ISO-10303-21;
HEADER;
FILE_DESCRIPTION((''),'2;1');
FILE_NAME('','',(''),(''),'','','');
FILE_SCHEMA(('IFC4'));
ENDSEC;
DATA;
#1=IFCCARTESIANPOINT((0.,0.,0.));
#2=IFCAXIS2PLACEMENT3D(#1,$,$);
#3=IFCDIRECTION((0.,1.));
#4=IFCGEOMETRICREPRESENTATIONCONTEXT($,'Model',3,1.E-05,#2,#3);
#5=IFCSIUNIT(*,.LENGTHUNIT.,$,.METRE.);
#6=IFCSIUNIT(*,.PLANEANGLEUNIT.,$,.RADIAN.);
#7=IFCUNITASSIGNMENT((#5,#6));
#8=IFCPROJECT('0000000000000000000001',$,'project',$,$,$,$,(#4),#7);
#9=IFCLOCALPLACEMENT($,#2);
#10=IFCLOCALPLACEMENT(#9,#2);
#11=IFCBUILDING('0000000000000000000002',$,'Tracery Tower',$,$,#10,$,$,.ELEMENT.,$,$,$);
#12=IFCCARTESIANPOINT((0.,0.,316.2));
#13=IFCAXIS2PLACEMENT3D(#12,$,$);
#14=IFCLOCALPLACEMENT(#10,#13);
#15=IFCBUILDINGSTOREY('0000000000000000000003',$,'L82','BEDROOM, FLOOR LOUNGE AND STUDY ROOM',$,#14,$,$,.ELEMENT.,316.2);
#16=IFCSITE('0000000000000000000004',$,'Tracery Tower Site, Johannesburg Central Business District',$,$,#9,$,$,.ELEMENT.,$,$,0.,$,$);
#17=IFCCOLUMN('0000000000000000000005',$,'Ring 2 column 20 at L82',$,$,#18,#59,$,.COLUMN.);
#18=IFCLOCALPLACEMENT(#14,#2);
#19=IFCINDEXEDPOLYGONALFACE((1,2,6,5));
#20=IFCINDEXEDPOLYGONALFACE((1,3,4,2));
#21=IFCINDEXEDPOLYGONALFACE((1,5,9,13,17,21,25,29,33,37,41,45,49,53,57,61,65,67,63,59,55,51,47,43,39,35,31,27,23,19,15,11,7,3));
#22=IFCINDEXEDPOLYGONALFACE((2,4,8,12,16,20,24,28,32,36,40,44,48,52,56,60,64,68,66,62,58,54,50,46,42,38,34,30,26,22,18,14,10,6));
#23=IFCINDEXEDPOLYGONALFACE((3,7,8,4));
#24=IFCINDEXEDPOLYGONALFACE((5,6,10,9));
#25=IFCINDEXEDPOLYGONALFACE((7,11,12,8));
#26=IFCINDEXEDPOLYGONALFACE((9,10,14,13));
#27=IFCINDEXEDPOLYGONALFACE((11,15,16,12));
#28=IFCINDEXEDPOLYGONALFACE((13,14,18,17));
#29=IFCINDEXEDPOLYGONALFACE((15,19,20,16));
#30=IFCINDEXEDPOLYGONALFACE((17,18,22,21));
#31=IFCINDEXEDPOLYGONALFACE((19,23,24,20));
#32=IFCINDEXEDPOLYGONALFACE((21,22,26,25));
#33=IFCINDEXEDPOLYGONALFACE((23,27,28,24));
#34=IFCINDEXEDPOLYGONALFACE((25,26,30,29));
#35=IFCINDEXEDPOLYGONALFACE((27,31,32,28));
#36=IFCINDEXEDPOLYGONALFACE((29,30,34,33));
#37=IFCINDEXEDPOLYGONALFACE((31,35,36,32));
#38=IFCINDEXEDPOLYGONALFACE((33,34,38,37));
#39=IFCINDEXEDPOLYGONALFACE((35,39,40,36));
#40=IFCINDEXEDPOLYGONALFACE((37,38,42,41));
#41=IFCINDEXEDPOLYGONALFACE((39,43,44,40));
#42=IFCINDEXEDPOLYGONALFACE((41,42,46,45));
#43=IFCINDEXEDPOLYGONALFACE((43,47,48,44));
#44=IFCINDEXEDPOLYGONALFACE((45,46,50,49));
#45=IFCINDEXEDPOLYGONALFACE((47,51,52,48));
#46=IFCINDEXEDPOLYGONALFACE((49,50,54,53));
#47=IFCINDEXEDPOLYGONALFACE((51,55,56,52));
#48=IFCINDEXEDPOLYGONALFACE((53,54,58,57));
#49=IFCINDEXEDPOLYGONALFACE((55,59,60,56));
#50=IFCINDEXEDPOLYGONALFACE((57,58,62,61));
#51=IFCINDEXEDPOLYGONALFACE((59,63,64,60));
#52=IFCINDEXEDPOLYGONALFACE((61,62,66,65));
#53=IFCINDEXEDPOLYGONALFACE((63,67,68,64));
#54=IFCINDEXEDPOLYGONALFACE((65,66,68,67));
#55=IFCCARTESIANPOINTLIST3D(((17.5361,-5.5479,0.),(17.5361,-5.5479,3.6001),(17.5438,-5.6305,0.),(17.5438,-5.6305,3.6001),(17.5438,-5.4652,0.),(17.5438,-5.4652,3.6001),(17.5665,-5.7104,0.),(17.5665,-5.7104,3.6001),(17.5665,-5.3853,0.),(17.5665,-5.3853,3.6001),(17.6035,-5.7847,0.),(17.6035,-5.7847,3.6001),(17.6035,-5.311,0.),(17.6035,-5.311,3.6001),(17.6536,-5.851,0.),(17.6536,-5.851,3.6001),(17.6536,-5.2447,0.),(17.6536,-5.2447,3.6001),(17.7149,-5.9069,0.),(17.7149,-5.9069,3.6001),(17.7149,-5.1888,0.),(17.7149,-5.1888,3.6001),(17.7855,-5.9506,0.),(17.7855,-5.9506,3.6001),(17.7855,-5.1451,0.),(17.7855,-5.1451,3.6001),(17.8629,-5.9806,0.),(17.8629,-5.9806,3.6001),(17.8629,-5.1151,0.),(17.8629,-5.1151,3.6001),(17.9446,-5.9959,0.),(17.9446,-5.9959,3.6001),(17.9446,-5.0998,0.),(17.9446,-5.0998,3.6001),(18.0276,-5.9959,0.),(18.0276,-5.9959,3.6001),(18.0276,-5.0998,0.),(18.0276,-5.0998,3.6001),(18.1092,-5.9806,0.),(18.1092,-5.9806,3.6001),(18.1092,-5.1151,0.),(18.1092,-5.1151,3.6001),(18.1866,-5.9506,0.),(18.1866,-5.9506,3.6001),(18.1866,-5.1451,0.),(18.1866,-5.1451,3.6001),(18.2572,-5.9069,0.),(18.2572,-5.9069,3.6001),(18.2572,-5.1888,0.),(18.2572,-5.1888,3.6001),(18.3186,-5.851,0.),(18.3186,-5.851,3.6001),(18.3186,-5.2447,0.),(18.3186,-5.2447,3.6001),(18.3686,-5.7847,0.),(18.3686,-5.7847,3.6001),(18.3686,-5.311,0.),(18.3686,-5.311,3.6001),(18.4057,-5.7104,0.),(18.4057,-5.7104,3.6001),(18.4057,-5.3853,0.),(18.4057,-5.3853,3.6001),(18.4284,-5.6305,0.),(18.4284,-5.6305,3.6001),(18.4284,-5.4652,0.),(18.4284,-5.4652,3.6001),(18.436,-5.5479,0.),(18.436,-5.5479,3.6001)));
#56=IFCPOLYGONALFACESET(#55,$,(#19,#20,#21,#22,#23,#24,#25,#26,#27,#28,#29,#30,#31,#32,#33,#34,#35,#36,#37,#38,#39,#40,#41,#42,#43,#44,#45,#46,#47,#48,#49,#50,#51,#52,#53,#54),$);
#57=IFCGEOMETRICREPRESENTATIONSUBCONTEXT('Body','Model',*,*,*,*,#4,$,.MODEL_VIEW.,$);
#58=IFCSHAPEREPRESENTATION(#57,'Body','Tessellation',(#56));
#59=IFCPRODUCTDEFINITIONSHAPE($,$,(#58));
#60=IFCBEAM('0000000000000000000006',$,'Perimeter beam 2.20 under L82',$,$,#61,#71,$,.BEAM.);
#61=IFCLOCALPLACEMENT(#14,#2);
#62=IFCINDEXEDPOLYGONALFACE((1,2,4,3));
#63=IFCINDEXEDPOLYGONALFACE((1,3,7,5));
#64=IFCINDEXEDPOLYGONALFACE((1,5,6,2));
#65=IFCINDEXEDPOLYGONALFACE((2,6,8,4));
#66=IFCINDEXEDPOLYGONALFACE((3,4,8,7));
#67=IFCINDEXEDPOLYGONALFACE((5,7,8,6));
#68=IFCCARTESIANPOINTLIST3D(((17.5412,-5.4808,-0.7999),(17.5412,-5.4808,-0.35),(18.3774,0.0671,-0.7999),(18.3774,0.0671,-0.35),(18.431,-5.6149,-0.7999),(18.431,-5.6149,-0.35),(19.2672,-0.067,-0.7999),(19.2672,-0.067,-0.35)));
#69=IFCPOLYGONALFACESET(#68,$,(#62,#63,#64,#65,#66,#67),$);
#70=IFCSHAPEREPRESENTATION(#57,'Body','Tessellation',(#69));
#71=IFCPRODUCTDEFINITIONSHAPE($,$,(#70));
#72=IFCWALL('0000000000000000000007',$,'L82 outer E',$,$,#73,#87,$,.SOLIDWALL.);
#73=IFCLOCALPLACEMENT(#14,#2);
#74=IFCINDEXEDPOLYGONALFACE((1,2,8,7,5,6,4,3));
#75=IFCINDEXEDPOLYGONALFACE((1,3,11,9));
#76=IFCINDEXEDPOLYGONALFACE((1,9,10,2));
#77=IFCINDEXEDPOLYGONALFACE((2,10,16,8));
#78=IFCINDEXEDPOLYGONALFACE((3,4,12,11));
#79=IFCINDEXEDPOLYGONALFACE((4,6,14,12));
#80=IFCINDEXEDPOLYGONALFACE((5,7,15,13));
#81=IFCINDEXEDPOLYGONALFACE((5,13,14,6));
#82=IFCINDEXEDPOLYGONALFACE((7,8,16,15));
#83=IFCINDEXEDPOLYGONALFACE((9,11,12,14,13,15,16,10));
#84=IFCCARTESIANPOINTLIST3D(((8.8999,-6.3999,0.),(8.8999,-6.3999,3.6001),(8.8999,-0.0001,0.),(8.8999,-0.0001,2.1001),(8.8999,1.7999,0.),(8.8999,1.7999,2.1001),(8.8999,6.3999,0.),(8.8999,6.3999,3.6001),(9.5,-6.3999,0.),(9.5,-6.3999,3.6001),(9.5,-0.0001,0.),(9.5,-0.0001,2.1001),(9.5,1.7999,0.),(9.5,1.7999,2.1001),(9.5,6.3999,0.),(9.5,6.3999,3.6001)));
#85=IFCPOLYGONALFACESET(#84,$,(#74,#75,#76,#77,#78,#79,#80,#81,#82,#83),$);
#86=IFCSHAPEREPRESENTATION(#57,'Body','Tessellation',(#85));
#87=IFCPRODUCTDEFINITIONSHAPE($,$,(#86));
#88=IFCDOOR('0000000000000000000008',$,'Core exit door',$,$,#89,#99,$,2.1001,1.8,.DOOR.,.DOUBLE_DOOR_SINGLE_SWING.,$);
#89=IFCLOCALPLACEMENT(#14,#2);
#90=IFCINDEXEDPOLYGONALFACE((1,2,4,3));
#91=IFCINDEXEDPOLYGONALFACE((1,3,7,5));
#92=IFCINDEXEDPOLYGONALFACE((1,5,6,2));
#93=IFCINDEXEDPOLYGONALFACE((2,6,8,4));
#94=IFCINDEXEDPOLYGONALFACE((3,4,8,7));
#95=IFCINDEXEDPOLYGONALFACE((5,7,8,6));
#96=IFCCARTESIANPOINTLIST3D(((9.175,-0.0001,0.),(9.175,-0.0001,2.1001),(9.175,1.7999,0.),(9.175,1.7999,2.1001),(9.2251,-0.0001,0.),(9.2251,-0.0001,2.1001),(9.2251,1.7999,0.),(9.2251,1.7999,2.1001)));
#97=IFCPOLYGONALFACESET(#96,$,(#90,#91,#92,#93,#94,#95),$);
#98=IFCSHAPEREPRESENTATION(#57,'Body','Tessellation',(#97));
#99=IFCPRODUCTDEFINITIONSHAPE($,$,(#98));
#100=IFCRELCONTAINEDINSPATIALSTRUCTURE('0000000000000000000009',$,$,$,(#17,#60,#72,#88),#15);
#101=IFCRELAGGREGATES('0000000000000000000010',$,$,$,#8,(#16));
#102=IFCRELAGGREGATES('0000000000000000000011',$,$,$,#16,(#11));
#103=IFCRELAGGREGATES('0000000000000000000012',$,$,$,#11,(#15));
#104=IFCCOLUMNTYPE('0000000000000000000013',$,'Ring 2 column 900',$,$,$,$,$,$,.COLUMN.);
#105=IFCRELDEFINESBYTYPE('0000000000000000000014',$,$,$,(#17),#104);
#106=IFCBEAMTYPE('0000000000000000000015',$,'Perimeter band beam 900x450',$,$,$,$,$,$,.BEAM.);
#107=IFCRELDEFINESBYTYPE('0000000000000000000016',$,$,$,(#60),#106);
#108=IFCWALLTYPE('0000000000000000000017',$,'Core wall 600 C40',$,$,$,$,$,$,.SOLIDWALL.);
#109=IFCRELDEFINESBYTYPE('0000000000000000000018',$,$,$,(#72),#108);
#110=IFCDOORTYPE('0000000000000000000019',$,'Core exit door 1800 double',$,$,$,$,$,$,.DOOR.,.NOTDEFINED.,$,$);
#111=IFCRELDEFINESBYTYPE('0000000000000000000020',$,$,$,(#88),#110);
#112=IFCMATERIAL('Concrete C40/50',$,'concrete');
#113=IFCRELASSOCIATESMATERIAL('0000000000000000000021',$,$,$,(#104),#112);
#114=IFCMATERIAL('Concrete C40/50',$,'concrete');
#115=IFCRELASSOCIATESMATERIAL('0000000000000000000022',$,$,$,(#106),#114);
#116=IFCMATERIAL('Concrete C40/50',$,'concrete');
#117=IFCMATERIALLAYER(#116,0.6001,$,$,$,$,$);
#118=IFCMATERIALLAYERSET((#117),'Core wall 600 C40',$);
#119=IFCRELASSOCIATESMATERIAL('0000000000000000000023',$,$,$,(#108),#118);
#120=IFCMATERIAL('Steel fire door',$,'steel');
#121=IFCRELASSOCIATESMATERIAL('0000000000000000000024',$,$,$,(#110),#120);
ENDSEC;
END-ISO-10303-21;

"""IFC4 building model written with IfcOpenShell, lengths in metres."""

from ifc_helpers import new_model, si_unit, direction, frame, frame_2d, origin, origin_2d, place, context, subcontext, project, spatial, rectangle, circle, extrude, material, layer, layer_set, material_profile, profile_set, type_object, element, fill, save


model = new_model("IFC4")

# Units and contexts
model_context = context("Model", 3, precision=1e-05, world=origin(), true_north=direction((0.0, 1.0)))
body_context = subcontext(model_context, "Body", "Model", "MODEL_VIEW")
ifc_project = project(units=[si_unit("LENGTHUNIT", "METRE"), si_unit("PLANEANGLEUNIT", "RADIAN")], contexts=[model_context])

# Site, building, storey
site_placement = place(None, origin())
site = spatial("IfcSite", under=ifc_project, at=site_placement, Name="Tracery Tower Site, Johannesburg Central Business District", CompositionType="ELEMENT", RefElevation=0.0)
building_placement = place(site_placement, origin())
building = spatial("IfcBuilding", under=site, at=building_placement, Name="Tracery Tower", CompositionType="ELEMENT")
storey_placement = place(building_placement, frame((0.0, 0.0, 316.2)))
storey = spatial("IfcBuildingStorey", under=building, at=storey_placement, Name="L82", Description="BEDROOM, FLOOR LOUNGE AND STUDY ROOM", CompositionType="ELEMENT", Elevation=316.2)

# Column
ifc_material_1 = material(Name="Concrete C40/50", Category="concrete")
ifc_material_profile_1 = material_profile(ifc_material_1, circle(Radius=0.45, at=origin_2d()), Name="RC D900")
ifc_profile_set_1 = profile_set([ifc_material_profile_1], Name="Concrete C40/50")
column_type = type_object("IfcColumnType", Name="Ring 2 column 900", PredefinedType="COLUMN", material=ifc_profile_set_1)
column_placement = place(storey_placement, frame((17.9861, -5.5479, 0.0), z_axis=(0.0, 0.0, 1.0), x_axis=(1.0, 0.0, 0.0)))
element("IfcColumn", 1, at=column_placement, inside=storey, type_object=column_type, Name="Ring 2 column 20 at L82", PredefinedType="COLUMN", context=body_context, shape_type="SweptSolid", body=[
    extrude(circle(Radius=0.45, at=origin_2d()), origin(), (0.0, 0.0, 1.0), 3.6001),
])

# Beam
ifc_material_2 = material(Name="Concrete C40/50", Category="concrete")
ifc_material_profile_2 = material_profile(ifc_material_2, rectangle(XDim=0.8999, YDim=0.45, at=origin_2d()), Name="RC 900x450")
ifc_profile_set_2 = profile_set([ifc_material_profile_2], Name="Concrete C40/50")
beam_type = type_object("IfcBeamType", Name="Perimeter band beam 900x450", PredefinedType="BEAM", material=ifc_profile_set_2)
beam_placement = place(storey_placement, frame((17.9861, -5.5479, -0.575), z_axis=(0.149038, 0.988831, 0.0), x_axis=(-0.988831, 0.149038, 0.0)))
element("IfcBeam", 2, at=beam_placement, inside=storey, type_object=beam_type, Name="Perimeter beam 2.20 under L82", PredefinedType="BEAM", context=body_context, shape_type="SweptSolid", body=[
    extrude(rectangle(XDim=0.8999, YDim=0.45, at=origin_2d()), origin(), (0.0, 0.0, 1.0), 5.6106),
])

# Wall, opening, door
ifc_material_3 = material(Name="Concrete C40/50", Category="concrete")
ifc_layer_1 = layer(ifc_material_3, 0.6001)
ifc_layer_set_1 = layer_set([ifc_layer_1], Name="Core wall 600 C40")
wall_type_1 = type_object("IfcWallType", Name="Core wall 600 C40", PredefinedType="SOLIDWALL", material=ifc_layer_set_1)
wall_1_placement = place(storey_placement, frame((9.2, -6.3999, 0.0), z_axis=(0.0, 0.0, 1.0), x_axis=(0.0, 1.0, 0.0)))
wall_1 = element("IfcWall", 3, at=wall_1_placement, inside=storey, type_object=wall_type_1, Name="L82 outer E", PredefinedType="SOLIDWALL", context=body_context, shape_type="SweptSolid", body=[
    extrude(rectangle(XDim=12.7998, YDim=0.6001, at=frame_2d((6.3999, 0.0))), origin(), (0.0, 0.0, 1.0), 3.6001),
])
opening_1_placement = place(wall_1_placement, frame((6.3999, 0.0, 0.0)))
opening_1 = element("IfcOpeningElement", 4, at=opening_1_placement, cuts=wall_1, PredefinedType="OPENING", context=body_context, shape_type="SweptSolid", body=[
    extrude(rectangle(XDim=1.8, YDim=2.1001, at=frame_2d((0.8999, 1.05))), frame((0.0, 0.3, 0.0), z_axis=(0.0, -1.0, 0.0), x_axis=(1.0, 0.0, 0.0)), (0.0, 0.0, 1.0), 0.6001),
])
ifc_material_4 = material(Name="Steel fire door", Category="steel")
door_type_1 = type_object("IfcDoorType", Name="Core exit door 1800 double", OperationType="NOTDEFINED", PredefinedType="DOOR", material=ifc_material_4)
door_1_placement = place(opening_1_placement, origin())
door_1 = element("IfcDoor", 5, at=door_1_placement, inside=storey, type_object=door_type_1, Name="Core exit door", OperationType="DOUBLE_DOOR_SINGLE_SWING", OverallHeight=2.1001, OverallWidth=1.8, PredefinedType="DOOR", context=body_context, shape_type="SweptSolid", body=[
    extrude(rectangle(XDim=1.8, YDim=2.1001, at=frame_2d((0.8999, 1.05))), frame((0.0, 0.0249, 0.0), z_axis=(0.0, -1.0, 0.0), x_axis=(1.0, 0.0, 0.0)), (0.0, 0.0, 1.0), 0.05),
])
fill(opening_1, door_1)

save(model, "model.ifc")
